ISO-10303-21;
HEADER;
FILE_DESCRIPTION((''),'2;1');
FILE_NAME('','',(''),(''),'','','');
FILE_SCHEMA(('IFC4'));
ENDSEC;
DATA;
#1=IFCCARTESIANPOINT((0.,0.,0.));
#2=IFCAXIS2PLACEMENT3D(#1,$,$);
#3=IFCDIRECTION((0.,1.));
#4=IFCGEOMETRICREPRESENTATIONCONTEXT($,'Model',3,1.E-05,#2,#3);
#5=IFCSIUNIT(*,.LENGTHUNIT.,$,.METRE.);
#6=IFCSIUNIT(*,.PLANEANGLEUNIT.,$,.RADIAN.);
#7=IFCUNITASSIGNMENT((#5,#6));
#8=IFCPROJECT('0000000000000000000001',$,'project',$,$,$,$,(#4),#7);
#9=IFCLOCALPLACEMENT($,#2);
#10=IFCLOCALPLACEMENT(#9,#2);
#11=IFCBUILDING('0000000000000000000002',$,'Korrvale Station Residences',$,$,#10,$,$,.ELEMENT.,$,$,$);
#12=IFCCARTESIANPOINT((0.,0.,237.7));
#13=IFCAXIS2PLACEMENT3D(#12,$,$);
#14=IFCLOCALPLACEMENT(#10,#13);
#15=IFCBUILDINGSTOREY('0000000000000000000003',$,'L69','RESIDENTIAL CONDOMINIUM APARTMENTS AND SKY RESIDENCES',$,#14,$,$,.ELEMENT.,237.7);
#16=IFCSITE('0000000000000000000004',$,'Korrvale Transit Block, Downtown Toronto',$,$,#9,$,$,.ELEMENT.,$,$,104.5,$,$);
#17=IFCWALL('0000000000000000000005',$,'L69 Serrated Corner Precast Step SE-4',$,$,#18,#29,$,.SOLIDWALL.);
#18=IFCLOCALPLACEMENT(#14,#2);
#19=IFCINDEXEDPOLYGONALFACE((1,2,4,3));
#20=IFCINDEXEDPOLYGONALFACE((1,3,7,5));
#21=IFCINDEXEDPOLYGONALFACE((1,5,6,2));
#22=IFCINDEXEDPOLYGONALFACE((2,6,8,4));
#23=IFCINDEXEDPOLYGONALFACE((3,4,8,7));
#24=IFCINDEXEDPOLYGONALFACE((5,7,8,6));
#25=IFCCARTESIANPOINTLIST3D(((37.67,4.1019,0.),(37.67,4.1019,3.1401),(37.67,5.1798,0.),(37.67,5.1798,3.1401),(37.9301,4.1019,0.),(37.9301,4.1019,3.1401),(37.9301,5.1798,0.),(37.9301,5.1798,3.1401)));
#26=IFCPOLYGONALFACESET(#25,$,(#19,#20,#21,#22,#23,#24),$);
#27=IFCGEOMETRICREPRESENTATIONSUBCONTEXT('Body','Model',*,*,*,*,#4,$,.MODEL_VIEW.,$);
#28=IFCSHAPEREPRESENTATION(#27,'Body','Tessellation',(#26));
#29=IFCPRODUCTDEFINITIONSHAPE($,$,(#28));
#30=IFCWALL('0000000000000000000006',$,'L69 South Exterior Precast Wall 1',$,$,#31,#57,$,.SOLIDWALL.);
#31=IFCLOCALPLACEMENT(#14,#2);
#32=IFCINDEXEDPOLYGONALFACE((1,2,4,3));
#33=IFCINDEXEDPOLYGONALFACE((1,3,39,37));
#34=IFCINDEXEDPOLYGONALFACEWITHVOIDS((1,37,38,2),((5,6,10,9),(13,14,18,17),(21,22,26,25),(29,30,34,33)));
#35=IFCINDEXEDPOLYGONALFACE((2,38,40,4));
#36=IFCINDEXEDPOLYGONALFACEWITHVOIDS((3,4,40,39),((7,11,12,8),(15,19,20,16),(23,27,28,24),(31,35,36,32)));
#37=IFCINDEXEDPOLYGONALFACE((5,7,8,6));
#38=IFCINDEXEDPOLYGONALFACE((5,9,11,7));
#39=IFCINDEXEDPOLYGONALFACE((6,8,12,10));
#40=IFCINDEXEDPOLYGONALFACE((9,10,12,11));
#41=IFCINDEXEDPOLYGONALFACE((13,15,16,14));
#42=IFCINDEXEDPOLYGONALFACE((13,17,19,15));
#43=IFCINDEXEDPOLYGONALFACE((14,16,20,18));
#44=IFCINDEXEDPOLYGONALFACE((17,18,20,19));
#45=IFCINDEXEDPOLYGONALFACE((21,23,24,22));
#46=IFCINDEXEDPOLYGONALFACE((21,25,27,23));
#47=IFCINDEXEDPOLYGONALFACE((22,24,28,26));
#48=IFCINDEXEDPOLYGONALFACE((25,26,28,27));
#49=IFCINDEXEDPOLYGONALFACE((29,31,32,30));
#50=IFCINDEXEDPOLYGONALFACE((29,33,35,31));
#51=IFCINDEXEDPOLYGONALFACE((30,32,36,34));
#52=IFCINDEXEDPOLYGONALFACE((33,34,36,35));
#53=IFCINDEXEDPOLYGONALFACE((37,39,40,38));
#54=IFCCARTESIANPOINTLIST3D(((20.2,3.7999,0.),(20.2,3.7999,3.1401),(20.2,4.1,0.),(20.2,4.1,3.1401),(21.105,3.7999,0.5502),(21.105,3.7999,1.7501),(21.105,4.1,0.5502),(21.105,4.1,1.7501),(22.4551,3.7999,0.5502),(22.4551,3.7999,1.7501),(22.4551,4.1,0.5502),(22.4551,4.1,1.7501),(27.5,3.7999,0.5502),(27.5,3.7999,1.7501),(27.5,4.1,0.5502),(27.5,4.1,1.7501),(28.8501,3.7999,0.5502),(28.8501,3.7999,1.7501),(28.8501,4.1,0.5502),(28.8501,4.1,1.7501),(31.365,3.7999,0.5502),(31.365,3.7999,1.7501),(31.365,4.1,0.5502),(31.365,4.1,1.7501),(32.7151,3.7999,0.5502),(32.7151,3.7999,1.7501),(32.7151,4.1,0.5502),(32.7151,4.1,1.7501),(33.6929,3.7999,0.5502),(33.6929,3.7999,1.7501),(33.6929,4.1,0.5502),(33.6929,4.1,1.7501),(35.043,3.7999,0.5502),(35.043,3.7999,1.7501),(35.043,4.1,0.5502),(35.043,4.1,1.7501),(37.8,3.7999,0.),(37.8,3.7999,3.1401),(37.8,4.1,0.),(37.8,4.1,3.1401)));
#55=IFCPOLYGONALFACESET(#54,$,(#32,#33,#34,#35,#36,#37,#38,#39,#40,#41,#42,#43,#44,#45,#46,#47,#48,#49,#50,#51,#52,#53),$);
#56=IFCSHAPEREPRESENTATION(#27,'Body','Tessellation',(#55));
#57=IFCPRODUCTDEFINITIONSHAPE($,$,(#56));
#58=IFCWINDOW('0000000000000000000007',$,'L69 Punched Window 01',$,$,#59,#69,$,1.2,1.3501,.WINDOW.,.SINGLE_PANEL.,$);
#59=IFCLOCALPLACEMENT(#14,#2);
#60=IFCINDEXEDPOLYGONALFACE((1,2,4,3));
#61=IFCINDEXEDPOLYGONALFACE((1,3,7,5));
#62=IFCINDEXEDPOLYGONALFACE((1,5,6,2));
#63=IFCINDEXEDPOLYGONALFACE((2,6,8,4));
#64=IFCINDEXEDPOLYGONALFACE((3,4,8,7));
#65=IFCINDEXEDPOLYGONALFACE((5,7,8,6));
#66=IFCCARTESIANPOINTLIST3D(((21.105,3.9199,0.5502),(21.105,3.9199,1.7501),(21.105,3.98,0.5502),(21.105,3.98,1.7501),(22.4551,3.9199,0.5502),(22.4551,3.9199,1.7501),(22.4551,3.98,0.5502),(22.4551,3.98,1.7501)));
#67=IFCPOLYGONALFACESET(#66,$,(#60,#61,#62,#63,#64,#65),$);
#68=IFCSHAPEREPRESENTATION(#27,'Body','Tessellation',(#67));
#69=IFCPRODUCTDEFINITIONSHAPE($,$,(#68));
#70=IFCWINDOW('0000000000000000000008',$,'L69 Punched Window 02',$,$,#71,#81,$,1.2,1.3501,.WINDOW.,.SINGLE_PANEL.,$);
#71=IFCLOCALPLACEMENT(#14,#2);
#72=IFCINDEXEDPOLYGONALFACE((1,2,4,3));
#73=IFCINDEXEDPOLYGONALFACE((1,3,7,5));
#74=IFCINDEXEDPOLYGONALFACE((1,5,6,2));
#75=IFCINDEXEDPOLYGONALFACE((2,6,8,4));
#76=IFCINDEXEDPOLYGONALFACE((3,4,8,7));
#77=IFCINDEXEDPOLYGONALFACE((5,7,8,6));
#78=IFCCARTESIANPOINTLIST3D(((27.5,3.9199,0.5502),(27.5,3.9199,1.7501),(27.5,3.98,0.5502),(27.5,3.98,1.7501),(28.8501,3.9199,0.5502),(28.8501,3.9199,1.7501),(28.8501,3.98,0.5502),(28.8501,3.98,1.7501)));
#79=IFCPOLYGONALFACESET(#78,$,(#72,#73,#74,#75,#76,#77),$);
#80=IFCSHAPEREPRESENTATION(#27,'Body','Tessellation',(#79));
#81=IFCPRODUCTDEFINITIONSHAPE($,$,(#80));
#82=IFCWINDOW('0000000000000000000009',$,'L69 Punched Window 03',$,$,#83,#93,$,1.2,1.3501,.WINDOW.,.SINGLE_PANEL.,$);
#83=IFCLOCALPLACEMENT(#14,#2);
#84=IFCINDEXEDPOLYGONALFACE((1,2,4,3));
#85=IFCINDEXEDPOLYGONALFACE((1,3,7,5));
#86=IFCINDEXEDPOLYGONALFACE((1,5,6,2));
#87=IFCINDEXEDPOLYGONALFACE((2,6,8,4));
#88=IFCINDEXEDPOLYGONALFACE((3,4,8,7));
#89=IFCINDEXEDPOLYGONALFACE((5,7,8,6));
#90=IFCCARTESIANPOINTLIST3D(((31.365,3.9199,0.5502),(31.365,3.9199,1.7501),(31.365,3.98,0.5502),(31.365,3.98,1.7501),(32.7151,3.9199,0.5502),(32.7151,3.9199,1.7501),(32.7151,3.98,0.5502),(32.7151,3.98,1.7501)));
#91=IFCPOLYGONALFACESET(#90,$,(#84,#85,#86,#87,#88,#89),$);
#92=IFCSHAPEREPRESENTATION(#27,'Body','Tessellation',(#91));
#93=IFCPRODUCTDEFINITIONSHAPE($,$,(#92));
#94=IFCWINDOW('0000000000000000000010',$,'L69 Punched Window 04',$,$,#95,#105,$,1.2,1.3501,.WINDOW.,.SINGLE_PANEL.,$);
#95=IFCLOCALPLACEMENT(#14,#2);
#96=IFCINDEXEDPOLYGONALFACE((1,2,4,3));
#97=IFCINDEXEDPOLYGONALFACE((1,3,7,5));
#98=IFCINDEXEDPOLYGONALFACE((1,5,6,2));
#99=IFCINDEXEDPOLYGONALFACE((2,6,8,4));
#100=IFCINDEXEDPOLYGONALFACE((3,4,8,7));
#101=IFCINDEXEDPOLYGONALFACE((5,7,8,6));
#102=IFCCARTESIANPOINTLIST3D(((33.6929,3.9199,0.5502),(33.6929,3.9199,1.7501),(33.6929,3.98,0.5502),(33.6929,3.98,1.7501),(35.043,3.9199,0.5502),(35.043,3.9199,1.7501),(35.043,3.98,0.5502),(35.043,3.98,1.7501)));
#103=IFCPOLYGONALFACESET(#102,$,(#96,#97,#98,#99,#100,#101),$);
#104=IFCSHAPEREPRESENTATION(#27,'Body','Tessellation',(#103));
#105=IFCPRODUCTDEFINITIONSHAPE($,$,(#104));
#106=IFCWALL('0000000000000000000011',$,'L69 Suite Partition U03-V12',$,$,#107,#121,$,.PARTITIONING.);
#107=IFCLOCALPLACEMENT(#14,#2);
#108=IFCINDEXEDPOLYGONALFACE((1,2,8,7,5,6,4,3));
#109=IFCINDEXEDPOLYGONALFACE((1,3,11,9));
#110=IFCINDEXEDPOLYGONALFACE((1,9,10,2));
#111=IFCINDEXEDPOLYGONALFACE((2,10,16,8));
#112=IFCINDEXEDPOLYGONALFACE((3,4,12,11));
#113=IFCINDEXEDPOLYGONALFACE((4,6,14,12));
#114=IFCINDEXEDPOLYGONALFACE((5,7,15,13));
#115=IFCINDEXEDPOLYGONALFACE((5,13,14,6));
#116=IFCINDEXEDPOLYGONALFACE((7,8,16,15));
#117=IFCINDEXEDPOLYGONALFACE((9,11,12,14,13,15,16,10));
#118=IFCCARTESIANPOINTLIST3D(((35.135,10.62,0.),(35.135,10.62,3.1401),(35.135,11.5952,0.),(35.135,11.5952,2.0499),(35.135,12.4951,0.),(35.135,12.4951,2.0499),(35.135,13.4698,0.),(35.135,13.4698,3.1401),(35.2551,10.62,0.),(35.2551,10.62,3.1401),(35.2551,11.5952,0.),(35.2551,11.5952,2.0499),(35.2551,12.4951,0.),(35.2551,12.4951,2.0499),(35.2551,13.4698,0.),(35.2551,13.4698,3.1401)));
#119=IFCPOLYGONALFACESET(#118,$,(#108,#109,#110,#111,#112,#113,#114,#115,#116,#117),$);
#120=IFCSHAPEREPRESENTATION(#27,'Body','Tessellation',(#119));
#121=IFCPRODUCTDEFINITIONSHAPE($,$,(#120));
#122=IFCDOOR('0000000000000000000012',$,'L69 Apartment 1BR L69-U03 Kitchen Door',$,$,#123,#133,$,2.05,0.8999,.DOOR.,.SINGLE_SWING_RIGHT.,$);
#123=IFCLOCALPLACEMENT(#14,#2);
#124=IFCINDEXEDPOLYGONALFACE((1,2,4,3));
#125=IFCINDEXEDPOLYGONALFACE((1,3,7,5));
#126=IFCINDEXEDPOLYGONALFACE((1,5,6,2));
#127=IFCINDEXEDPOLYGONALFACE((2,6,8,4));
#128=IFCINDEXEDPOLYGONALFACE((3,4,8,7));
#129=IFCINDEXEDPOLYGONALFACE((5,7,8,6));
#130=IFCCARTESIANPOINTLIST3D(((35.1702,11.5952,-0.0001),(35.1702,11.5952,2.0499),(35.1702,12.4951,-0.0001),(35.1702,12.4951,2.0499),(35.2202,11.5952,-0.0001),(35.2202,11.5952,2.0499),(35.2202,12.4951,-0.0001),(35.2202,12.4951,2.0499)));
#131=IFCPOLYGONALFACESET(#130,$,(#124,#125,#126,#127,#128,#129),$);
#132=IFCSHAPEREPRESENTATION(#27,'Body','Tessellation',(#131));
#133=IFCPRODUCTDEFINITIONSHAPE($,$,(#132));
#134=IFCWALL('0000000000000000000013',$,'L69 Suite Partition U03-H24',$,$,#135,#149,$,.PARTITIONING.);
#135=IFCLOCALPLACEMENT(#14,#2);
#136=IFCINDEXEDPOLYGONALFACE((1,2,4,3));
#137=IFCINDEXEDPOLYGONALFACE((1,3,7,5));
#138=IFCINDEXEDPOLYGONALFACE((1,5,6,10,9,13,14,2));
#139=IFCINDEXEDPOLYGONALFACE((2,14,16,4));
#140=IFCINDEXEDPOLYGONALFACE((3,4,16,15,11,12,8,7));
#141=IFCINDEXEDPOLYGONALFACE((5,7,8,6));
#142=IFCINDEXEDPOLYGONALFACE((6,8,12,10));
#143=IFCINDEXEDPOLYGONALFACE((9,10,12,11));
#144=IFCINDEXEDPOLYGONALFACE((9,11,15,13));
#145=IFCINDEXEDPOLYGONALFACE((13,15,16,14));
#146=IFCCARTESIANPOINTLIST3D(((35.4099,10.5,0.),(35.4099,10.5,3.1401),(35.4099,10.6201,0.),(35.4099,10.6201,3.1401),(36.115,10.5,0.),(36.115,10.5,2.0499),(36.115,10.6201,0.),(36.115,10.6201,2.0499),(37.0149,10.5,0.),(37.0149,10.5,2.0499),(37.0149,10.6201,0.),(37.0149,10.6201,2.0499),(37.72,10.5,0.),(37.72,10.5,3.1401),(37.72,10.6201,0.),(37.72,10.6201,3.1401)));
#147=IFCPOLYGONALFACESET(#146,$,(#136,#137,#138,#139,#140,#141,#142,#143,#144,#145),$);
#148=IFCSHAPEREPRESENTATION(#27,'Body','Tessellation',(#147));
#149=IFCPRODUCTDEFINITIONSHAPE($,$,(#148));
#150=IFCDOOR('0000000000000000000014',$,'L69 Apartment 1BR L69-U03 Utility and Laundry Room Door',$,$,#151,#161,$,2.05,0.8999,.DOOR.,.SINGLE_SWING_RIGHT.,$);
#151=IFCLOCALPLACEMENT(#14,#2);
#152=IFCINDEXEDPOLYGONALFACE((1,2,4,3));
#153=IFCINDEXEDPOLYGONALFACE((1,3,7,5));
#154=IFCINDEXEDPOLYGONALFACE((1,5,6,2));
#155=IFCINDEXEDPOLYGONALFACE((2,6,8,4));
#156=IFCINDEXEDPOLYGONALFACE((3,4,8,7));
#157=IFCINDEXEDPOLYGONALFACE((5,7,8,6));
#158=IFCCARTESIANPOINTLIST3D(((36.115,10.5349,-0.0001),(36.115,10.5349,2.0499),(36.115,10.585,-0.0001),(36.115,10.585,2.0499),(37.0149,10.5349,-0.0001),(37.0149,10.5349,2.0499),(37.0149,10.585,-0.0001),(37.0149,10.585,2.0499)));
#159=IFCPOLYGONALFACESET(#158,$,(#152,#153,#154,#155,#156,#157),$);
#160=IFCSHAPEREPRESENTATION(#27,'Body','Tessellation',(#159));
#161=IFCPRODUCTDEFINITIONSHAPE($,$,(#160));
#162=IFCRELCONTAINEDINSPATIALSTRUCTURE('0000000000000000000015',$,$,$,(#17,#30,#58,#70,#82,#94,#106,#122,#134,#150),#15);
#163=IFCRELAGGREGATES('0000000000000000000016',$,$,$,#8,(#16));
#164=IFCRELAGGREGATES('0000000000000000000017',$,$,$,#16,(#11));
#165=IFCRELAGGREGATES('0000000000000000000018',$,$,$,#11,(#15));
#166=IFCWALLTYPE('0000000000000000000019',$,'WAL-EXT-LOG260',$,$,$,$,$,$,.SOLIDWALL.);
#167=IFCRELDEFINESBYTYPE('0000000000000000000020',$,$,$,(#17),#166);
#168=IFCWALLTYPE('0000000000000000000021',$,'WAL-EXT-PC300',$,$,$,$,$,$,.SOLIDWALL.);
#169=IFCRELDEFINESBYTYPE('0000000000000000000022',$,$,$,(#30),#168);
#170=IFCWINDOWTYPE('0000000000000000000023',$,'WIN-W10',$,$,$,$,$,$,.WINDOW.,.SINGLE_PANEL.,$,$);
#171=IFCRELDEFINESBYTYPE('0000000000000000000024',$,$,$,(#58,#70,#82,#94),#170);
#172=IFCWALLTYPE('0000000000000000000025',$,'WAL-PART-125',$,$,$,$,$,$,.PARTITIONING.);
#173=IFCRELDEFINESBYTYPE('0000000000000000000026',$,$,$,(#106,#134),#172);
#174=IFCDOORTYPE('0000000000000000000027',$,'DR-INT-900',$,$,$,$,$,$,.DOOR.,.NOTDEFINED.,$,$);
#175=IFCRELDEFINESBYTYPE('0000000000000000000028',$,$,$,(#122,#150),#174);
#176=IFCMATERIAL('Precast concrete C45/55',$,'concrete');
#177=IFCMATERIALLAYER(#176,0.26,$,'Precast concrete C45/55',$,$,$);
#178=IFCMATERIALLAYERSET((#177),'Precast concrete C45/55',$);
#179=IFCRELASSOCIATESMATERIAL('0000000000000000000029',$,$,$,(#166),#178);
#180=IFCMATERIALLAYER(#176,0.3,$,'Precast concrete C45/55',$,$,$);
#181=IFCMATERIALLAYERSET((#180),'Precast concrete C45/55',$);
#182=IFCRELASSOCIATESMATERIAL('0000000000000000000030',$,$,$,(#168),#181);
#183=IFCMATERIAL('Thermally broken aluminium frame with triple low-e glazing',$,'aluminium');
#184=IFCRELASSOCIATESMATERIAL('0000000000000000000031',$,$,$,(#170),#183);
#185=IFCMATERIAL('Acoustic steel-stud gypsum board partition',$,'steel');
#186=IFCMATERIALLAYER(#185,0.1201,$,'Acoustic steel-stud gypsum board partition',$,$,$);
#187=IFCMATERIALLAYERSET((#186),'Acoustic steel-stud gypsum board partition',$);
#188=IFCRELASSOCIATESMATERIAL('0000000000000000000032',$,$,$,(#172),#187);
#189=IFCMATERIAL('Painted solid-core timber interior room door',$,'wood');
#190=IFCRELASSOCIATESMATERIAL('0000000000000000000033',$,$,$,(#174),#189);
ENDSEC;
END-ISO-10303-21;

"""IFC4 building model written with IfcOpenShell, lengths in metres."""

from ifc_helpers import new_model, si_unit, direction, frame, frame_2d, origin, place, context, subcontext, project, spatial, rectangle, extrude, material, layer, layer_set, type_object, element, fill, save


model = new_model("IFC4")

# Units and contexts
model_context = context("Model", 3, precision=1e-05, world=origin(), true_north=direction((0.0, 1.0)))
body_context = subcontext(model_context, "Body", "Model", "MODEL_VIEW")
ifc_project = project(units=[si_unit("LENGTHUNIT", "METRE"), si_unit("PLANEANGLEUNIT", "RADIAN")], contexts=[model_context])

# Site, building, storey
site_placement = place(None, origin())
site = spatial("IfcSite", under=ifc_project, at=site_placement, Name="Korrvale Transit Block, Downtown Toronto", CompositionType="ELEMENT", RefElevation=104.5)
building_placement = place(site_placement, origin())
building = spatial("IfcBuilding", under=site, at=building_placement, Name="Korrvale Station Residences", CompositionType="ELEMENT")
storey_placement = place(building_placement, frame((0.0, 0.0, 237.7)))
storey = spatial("IfcBuildingStorey", under=building, at=storey_placement, Name="L69", Description="RESIDENTIAL CONDOMINIUM APARTMENTS AND SKY RESIDENCES", CompositionType="ELEMENT", Elevation=237.7)

# Wall
ifc_material_1 = material(Name="Precast concrete C45/55", Category="concrete")
ifc_layer_1 = layer(ifc_material_1, 0.26, Name="Precast concrete C45/55")
ifc_layer_set_1 = layer_set([ifc_layer_1], Name="Precast concrete C45/55")
wall_type_1 = type_object("IfcWallType", Name="WAL-EXT-LOG260", PredefinedType="SOLIDWALL", material=ifc_layer_set_1)
wall_1_placement = place(storey_placement, frame((37.8, 5.1799, 0.0), z_axis=(0.0, 0.0, 1.0), x_axis=(0.0, -1.0, 0.0)))
element("IfcWall", 1, at=wall_1_placement, inside=storey, type_object=wall_type_1, Name="L69 Serrated Corner Precast Step SE-4", PredefinedType="SOLIDWALL", context=body_context, shape_type="SweptSolid", body=[
    extrude(rectangle(XDim=1.0779, YDim=0.26, at=frame_2d((0.5391, 0.0))), origin(), (0.0, 0.0, 1.0), 3.1401),
])

# Wall, openings, windows
ifc_layer_2 = layer(ifc_material_1, 0.3, Name="Precast concrete C45/55")
ifc_layer_set_2 = layer_set([ifc_layer_2], Name="Precast concrete C45/55")
wall_type_2 = type_object("IfcWallType", Name="WAL-EXT-PC300", PredefinedType="SOLIDWALL", material=ifc_layer_set_2)
wall_2_placement = place(storey_placement, frame((37.8, 3.95, 0.0), z_axis=(0.0, 0.0, 1.0), x_axis=(-1.0, 0.0, 0.0)))
wall_2 = element("IfcWall", 2, at=wall_2_placement, inside=storey, type_object=wall_type_2, Name="L69 South Exterior Precast Wall 1", PredefinedType="SOLIDWALL", context=body_context, shape_type="SweptSolid", body=[
    extrude(rectangle(XDim=17.6001, YDim=0.3, at=frame_2d((8.8, 0.0))), origin(), (0.0, 0.0, 1.0), 3.1401),
])
opening_1_placement = place(wall_2_placement, frame((15.345, 0.0, 0.55)))
opening_1 = element("IfcOpeningElement", 3, at=opening_1_placement, cuts=wall_2, PredefinedType="OPENING", context=body_context, shape_type="SweptSolid", body=[
    extrude(rectangle(XDim=1.3501, YDim=1.2, at=frame_2d((0.675, 0.6001))), frame((0.0, 0.1602, 0.0), z_axis=(0.0, -1.0, 0.0), x_axis=(1.0, 0.0, 0.0)), (0.0, 0.0, 1.0), 0.3201),
])
opening_2_placement = place(wall_2_placement, frame((8.95, 0.0, 0.55)))
opening_2 = element("IfcOpeningElement", 4, at=opening_2_placement, cuts=wall_2, PredefinedType="OPENING", context=body_context, shape_type="SweptSolid", body=[
    extrude(rectangle(XDim=1.3501, YDim=1.2, at=frame_2d((0.675, 0.6001))), frame((0.0, 0.1602, 0.0), z_axis=(0.0, -1.0, 0.0), x_axis=(1.0, 0.0, 0.0)), (0.0, 0.0, 1.0), 0.3201),
])
opening_3_placement = place(wall_2_placement, frame((5.085, 0.0, 0.55)))
opening_3 = element("IfcOpeningElement", 5, at=opening_3_placement, cuts=wall_2, PredefinedType="OPENING", context=body_context, shape_type="SweptSolid", body=[
    extrude(rectangle(XDim=1.3501, YDim=1.2, at=frame_2d((0.675, 0.6001))), frame((0.0, 0.1602, 0.0), z_axis=(0.0, -1.0, 0.0), x_axis=(1.0, 0.0, 0.0)), (0.0, 0.0, 1.0), 0.3201),
])
opening_4_placement = place(wall_2_placement, frame((2.7571, 0.0, 0.55)))
opening_4 = element("IfcOpeningElement", 6, at=opening_4_placement, cuts=wall_2, PredefinedType="OPENING", context=body_context, shape_type="SweptSolid", body=[
    extrude(rectangle(XDim=1.3501, YDim=1.2, at=frame_2d((0.675, 0.6001))), frame((0.0, 0.1602, 0.0), z_axis=(0.0, -1.0, 0.0), x_axis=(1.0, 0.0, 0.0)), (0.0, 0.0, 1.0), 0.3201),
])
ifc_material_2 = material(Name="Thermally broken aluminium frame with triple low-e glazing", Category="aluminium")
window_type = type_object("IfcWindowType", Name="WIN-W10", PartitioningType="SINGLE_PANEL", PredefinedType="WINDOW", material=ifc_material_2)
window_1_placement = place(opening_1_placement, origin())
window_1 = element("IfcWindow", 7, at=window_1_placement, inside=storey, type_object=window_type, Name="L69 Punched Window 01", OverallHeight=1.2, OverallWidth=1.3501, PartitioningType="SINGLE_PANEL", PredefinedType="WINDOW", context=body_context, shape_type="SweptSolid", body=[
    extrude(rectangle(XDim=1.3501, YDim=1.2, at=frame_2d((0.675, 0.6001))), frame((0.0, 0.03, 0.0), z_axis=(0.0, -1.0, 0.0), x_axis=(1.0, 0.0, 0.0)), (0.0, 0.0, 1.0), 0.0601),
])
fill(opening_1, window_1)
window_2_placement = place(opening_2_placement, origin())
window_2 = element("IfcWindow", 8, at=window_2_placement, inside=storey, type_object=window_type, Name="L69 Punched Window 02", OverallHeight=1.2, OverallWidth=1.3501, PartitioningType="SINGLE_PANEL", PredefinedType="WINDOW", context=body_context, shape_type="SweptSolid", body=[
    extrude(rectangle(XDim=1.3501, YDim=1.2, at=frame_2d((0.675, 0.6001))), frame((0.0, 0.03, 0.0), z_axis=(0.0, -1.0, 0.0), x_axis=(1.0, 0.0, 0.0)), (0.0, 0.0, 1.0), 0.0601),
])
fill(opening_2, window_2)
window_3_placement = place(opening_3_placement, origin())
window_3 = element("IfcWindow", 9, at=window_3_placement, inside=storey, type_object=window_type, Name="L69 Punched Window 03", OverallHeight=1.2, OverallWidth=1.3501, PartitioningType="SINGLE_PANEL", PredefinedType="WINDOW", context=body_context, shape_type="SweptSolid", body=[
    extrude(rectangle(XDim=1.3501, YDim=1.2, at=frame_2d((0.675, 0.6001))), frame((0.0, 0.03, 0.0), z_axis=(0.0, -1.0, 0.0), x_axis=(1.0, 0.0, 0.0)), (0.0, 0.0, 1.0), 0.0601),
])
fill(opening_3, window_3)
window_4_placement = place(opening_4_placement, origin())
window_4 = element("IfcWindow", 10, at=window_4_placement, inside=storey, type_object=window_type, Name="L69 Punched Window 04", OverallHeight=1.2, OverallWidth=1.3501, PartitioningType="SINGLE_PANEL", PredefinedType="WINDOW", context=body_context, shape_type="SweptSolid", body=[
    extrude(rectangle(XDim=1.3501, YDim=1.2, at=frame_2d((0.675, 0.6001))), frame((0.0, 0.03, 0.0), z_axis=(0.0, -1.0, 0.0), x_axis=(1.0, 0.0, 0.0)), (0.0, 0.0, 1.0), 0.0601),
])
fill(opening_4, window_4)

# Walls, openings, doors
ifc_material_3 = material(Name="Acoustic steel-stud gypsum board partition", Category="steel")
ifc_layer_3 = layer(ifc_material_3, 0.1201, Name="Acoustic steel-stud gypsum board partition")
ifc_layer_set_3 = layer_set([ifc_layer_3], Name="Acoustic steel-stud gypsum board partition")
wall_type_3 = type_object("IfcWallType", Name="WAL-PART-125", PredefinedType="PARTITIONING", material=ifc_layer_set_3)
wall_3_placement = place(storey_placement, frame((35.1951, 10.6201, 0.0), z_axis=(0.0, 0.0, 1.0), x_axis=(0.0, 1.0, 0.0)))
wall_3 = element("IfcWall", 11, at=wall_3_placement, inside=storey, type_object=wall_type_3, Name="L69 Suite Partition U03-V12", PredefinedType="PARTITIONING", context=body_context, shape_type="SweptSolid", body=[
    extrude(rectangle(XDim=2.8499, YDim=0.1201, at=frame_2d((1.4248, 0.0))), origin(), (0.0, 0.0, 1.0), 3.1401),
])
opening_5_placement = place(wall_3_placement, frame((0.9751, 0.0, 0.0)))
opening_5 = element("IfcOpeningElement", 12, at=opening_5_placement, cuts=wall_3, PredefinedType="OPENING", context=body_context, shape_type="SweptSolid", body=[
    extrude(rectangle(XDim=0.8999, YDim=2.05, at=frame_2d((0.45, 1.0249))), frame((0.0, 0.0701, 0.0), z_axis=(0.0, -1.0, 0.0), x_axis=(1.0, 0.0, 0.0)), (0.0, 0.0, 1.0), 0.1401),
])
ifc_material_4 = material(Name="Painted solid-core timber interior room door", Category="wood")
door_type = type_object("IfcDoorType", Name="DR-INT-900", OperationType="NOTDEFINED", PredefinedType="DOOR", material=ifc_material_4)
door_1_placement = place(opening_5_placement, origin())
door_1 = element("IfcDoor", 13, at=door_1_placement, inside=storey, type_object=door_type, Name="L69 Apartment 1BR L69-U03 Kitchen Door", OperationType="SINGLE_SWING_RIGHT", OverallHeight=2.05, OverallWidth=0.8999, PredefinedType="DOOR", context=body_context, shape_type="SweptSolid", body=[
    extrude(rectangle(XDim=0.8999, YDim=2.05, at=frame_2d((0.45, 1.0249))), frame((0.0, 0.0249, 0.0), z_axis=(0.0, -1.0, 0.0), x_axis=(1.0, 0.0, 0.0)), (0.0, 0.0, 1.0), 0.05),
])
fill(opening_5, door_1)
wall_4_placement = place(storey_placement, frame((35.4099, 10.5601, 0.0), z_axis=(0.0, 0.0, 1.0), x_axis=(1.0, 0.0, 0.0)))
wall_4 = element("IfcWall", 14, at=wall_4_placement, inside=storey, type_object=wall_type_3, Name="L69 Suite Partition U03-H24", PredefinedType="PARTITIONING", context=body_context, shape_type="SweptSolid", body=[
    extrude(rectangle(XDim=2.3101, YDim=0.1201, at=frame_2d((1.155, 0.0))), origin(), (0.0, 0.0, 1.0), 3.1401),
])
opening_6_placement = place(wall_4_placement, frame((0.7051, 0.0, 0.0)))
opening_6 = element("IfcOpeningElement", 15, at=opening_6_placement, cuts=wall_4, PredefinedType="OPENING", context=body_context, shape_type="SweptSolid", body=[
    extrude(rectangle(XDim=0.8999, YDim=2.05, at=frame_2d((0.45, 1.0249))), frame((0.0, 0.0701, 0.0), z_axis=(0.0, -1.0, 0.0), x_axis=(1.0, 0.0, 0.0)), (0.0, 0.0, 1.0), 0.1401),
])
door_2_placement = place(opening_6_placement, origin())
door_2 = element("IfcDoor", 16, at=door_2_placement, inside=storey, type_object=door_type, Name="L69 Apartment 1BR L69-U03 Utility and Laundry Room Door", OperationType="SINGLE_SWING_RIGHT", OverallHeight=2.05, OverallWidth=0.8999, PredefinedType="DOOR", context=body_context, shape_type="SweptSolid", body=[
    extrude(rectangle(XDim=0.8999, YDim=2.05, at=frame_2d((0.45, 1.0249))), frame((0.0, 0.0249, 0.0), z_axis=(0.0, -1.0, 0.0), x_axis=(1.0, 0.0, 0.0)), (0.0, 0.0, 1.0), 0.05),
])
fill(opening_6, door_2)

save(model, "model.ifc")
